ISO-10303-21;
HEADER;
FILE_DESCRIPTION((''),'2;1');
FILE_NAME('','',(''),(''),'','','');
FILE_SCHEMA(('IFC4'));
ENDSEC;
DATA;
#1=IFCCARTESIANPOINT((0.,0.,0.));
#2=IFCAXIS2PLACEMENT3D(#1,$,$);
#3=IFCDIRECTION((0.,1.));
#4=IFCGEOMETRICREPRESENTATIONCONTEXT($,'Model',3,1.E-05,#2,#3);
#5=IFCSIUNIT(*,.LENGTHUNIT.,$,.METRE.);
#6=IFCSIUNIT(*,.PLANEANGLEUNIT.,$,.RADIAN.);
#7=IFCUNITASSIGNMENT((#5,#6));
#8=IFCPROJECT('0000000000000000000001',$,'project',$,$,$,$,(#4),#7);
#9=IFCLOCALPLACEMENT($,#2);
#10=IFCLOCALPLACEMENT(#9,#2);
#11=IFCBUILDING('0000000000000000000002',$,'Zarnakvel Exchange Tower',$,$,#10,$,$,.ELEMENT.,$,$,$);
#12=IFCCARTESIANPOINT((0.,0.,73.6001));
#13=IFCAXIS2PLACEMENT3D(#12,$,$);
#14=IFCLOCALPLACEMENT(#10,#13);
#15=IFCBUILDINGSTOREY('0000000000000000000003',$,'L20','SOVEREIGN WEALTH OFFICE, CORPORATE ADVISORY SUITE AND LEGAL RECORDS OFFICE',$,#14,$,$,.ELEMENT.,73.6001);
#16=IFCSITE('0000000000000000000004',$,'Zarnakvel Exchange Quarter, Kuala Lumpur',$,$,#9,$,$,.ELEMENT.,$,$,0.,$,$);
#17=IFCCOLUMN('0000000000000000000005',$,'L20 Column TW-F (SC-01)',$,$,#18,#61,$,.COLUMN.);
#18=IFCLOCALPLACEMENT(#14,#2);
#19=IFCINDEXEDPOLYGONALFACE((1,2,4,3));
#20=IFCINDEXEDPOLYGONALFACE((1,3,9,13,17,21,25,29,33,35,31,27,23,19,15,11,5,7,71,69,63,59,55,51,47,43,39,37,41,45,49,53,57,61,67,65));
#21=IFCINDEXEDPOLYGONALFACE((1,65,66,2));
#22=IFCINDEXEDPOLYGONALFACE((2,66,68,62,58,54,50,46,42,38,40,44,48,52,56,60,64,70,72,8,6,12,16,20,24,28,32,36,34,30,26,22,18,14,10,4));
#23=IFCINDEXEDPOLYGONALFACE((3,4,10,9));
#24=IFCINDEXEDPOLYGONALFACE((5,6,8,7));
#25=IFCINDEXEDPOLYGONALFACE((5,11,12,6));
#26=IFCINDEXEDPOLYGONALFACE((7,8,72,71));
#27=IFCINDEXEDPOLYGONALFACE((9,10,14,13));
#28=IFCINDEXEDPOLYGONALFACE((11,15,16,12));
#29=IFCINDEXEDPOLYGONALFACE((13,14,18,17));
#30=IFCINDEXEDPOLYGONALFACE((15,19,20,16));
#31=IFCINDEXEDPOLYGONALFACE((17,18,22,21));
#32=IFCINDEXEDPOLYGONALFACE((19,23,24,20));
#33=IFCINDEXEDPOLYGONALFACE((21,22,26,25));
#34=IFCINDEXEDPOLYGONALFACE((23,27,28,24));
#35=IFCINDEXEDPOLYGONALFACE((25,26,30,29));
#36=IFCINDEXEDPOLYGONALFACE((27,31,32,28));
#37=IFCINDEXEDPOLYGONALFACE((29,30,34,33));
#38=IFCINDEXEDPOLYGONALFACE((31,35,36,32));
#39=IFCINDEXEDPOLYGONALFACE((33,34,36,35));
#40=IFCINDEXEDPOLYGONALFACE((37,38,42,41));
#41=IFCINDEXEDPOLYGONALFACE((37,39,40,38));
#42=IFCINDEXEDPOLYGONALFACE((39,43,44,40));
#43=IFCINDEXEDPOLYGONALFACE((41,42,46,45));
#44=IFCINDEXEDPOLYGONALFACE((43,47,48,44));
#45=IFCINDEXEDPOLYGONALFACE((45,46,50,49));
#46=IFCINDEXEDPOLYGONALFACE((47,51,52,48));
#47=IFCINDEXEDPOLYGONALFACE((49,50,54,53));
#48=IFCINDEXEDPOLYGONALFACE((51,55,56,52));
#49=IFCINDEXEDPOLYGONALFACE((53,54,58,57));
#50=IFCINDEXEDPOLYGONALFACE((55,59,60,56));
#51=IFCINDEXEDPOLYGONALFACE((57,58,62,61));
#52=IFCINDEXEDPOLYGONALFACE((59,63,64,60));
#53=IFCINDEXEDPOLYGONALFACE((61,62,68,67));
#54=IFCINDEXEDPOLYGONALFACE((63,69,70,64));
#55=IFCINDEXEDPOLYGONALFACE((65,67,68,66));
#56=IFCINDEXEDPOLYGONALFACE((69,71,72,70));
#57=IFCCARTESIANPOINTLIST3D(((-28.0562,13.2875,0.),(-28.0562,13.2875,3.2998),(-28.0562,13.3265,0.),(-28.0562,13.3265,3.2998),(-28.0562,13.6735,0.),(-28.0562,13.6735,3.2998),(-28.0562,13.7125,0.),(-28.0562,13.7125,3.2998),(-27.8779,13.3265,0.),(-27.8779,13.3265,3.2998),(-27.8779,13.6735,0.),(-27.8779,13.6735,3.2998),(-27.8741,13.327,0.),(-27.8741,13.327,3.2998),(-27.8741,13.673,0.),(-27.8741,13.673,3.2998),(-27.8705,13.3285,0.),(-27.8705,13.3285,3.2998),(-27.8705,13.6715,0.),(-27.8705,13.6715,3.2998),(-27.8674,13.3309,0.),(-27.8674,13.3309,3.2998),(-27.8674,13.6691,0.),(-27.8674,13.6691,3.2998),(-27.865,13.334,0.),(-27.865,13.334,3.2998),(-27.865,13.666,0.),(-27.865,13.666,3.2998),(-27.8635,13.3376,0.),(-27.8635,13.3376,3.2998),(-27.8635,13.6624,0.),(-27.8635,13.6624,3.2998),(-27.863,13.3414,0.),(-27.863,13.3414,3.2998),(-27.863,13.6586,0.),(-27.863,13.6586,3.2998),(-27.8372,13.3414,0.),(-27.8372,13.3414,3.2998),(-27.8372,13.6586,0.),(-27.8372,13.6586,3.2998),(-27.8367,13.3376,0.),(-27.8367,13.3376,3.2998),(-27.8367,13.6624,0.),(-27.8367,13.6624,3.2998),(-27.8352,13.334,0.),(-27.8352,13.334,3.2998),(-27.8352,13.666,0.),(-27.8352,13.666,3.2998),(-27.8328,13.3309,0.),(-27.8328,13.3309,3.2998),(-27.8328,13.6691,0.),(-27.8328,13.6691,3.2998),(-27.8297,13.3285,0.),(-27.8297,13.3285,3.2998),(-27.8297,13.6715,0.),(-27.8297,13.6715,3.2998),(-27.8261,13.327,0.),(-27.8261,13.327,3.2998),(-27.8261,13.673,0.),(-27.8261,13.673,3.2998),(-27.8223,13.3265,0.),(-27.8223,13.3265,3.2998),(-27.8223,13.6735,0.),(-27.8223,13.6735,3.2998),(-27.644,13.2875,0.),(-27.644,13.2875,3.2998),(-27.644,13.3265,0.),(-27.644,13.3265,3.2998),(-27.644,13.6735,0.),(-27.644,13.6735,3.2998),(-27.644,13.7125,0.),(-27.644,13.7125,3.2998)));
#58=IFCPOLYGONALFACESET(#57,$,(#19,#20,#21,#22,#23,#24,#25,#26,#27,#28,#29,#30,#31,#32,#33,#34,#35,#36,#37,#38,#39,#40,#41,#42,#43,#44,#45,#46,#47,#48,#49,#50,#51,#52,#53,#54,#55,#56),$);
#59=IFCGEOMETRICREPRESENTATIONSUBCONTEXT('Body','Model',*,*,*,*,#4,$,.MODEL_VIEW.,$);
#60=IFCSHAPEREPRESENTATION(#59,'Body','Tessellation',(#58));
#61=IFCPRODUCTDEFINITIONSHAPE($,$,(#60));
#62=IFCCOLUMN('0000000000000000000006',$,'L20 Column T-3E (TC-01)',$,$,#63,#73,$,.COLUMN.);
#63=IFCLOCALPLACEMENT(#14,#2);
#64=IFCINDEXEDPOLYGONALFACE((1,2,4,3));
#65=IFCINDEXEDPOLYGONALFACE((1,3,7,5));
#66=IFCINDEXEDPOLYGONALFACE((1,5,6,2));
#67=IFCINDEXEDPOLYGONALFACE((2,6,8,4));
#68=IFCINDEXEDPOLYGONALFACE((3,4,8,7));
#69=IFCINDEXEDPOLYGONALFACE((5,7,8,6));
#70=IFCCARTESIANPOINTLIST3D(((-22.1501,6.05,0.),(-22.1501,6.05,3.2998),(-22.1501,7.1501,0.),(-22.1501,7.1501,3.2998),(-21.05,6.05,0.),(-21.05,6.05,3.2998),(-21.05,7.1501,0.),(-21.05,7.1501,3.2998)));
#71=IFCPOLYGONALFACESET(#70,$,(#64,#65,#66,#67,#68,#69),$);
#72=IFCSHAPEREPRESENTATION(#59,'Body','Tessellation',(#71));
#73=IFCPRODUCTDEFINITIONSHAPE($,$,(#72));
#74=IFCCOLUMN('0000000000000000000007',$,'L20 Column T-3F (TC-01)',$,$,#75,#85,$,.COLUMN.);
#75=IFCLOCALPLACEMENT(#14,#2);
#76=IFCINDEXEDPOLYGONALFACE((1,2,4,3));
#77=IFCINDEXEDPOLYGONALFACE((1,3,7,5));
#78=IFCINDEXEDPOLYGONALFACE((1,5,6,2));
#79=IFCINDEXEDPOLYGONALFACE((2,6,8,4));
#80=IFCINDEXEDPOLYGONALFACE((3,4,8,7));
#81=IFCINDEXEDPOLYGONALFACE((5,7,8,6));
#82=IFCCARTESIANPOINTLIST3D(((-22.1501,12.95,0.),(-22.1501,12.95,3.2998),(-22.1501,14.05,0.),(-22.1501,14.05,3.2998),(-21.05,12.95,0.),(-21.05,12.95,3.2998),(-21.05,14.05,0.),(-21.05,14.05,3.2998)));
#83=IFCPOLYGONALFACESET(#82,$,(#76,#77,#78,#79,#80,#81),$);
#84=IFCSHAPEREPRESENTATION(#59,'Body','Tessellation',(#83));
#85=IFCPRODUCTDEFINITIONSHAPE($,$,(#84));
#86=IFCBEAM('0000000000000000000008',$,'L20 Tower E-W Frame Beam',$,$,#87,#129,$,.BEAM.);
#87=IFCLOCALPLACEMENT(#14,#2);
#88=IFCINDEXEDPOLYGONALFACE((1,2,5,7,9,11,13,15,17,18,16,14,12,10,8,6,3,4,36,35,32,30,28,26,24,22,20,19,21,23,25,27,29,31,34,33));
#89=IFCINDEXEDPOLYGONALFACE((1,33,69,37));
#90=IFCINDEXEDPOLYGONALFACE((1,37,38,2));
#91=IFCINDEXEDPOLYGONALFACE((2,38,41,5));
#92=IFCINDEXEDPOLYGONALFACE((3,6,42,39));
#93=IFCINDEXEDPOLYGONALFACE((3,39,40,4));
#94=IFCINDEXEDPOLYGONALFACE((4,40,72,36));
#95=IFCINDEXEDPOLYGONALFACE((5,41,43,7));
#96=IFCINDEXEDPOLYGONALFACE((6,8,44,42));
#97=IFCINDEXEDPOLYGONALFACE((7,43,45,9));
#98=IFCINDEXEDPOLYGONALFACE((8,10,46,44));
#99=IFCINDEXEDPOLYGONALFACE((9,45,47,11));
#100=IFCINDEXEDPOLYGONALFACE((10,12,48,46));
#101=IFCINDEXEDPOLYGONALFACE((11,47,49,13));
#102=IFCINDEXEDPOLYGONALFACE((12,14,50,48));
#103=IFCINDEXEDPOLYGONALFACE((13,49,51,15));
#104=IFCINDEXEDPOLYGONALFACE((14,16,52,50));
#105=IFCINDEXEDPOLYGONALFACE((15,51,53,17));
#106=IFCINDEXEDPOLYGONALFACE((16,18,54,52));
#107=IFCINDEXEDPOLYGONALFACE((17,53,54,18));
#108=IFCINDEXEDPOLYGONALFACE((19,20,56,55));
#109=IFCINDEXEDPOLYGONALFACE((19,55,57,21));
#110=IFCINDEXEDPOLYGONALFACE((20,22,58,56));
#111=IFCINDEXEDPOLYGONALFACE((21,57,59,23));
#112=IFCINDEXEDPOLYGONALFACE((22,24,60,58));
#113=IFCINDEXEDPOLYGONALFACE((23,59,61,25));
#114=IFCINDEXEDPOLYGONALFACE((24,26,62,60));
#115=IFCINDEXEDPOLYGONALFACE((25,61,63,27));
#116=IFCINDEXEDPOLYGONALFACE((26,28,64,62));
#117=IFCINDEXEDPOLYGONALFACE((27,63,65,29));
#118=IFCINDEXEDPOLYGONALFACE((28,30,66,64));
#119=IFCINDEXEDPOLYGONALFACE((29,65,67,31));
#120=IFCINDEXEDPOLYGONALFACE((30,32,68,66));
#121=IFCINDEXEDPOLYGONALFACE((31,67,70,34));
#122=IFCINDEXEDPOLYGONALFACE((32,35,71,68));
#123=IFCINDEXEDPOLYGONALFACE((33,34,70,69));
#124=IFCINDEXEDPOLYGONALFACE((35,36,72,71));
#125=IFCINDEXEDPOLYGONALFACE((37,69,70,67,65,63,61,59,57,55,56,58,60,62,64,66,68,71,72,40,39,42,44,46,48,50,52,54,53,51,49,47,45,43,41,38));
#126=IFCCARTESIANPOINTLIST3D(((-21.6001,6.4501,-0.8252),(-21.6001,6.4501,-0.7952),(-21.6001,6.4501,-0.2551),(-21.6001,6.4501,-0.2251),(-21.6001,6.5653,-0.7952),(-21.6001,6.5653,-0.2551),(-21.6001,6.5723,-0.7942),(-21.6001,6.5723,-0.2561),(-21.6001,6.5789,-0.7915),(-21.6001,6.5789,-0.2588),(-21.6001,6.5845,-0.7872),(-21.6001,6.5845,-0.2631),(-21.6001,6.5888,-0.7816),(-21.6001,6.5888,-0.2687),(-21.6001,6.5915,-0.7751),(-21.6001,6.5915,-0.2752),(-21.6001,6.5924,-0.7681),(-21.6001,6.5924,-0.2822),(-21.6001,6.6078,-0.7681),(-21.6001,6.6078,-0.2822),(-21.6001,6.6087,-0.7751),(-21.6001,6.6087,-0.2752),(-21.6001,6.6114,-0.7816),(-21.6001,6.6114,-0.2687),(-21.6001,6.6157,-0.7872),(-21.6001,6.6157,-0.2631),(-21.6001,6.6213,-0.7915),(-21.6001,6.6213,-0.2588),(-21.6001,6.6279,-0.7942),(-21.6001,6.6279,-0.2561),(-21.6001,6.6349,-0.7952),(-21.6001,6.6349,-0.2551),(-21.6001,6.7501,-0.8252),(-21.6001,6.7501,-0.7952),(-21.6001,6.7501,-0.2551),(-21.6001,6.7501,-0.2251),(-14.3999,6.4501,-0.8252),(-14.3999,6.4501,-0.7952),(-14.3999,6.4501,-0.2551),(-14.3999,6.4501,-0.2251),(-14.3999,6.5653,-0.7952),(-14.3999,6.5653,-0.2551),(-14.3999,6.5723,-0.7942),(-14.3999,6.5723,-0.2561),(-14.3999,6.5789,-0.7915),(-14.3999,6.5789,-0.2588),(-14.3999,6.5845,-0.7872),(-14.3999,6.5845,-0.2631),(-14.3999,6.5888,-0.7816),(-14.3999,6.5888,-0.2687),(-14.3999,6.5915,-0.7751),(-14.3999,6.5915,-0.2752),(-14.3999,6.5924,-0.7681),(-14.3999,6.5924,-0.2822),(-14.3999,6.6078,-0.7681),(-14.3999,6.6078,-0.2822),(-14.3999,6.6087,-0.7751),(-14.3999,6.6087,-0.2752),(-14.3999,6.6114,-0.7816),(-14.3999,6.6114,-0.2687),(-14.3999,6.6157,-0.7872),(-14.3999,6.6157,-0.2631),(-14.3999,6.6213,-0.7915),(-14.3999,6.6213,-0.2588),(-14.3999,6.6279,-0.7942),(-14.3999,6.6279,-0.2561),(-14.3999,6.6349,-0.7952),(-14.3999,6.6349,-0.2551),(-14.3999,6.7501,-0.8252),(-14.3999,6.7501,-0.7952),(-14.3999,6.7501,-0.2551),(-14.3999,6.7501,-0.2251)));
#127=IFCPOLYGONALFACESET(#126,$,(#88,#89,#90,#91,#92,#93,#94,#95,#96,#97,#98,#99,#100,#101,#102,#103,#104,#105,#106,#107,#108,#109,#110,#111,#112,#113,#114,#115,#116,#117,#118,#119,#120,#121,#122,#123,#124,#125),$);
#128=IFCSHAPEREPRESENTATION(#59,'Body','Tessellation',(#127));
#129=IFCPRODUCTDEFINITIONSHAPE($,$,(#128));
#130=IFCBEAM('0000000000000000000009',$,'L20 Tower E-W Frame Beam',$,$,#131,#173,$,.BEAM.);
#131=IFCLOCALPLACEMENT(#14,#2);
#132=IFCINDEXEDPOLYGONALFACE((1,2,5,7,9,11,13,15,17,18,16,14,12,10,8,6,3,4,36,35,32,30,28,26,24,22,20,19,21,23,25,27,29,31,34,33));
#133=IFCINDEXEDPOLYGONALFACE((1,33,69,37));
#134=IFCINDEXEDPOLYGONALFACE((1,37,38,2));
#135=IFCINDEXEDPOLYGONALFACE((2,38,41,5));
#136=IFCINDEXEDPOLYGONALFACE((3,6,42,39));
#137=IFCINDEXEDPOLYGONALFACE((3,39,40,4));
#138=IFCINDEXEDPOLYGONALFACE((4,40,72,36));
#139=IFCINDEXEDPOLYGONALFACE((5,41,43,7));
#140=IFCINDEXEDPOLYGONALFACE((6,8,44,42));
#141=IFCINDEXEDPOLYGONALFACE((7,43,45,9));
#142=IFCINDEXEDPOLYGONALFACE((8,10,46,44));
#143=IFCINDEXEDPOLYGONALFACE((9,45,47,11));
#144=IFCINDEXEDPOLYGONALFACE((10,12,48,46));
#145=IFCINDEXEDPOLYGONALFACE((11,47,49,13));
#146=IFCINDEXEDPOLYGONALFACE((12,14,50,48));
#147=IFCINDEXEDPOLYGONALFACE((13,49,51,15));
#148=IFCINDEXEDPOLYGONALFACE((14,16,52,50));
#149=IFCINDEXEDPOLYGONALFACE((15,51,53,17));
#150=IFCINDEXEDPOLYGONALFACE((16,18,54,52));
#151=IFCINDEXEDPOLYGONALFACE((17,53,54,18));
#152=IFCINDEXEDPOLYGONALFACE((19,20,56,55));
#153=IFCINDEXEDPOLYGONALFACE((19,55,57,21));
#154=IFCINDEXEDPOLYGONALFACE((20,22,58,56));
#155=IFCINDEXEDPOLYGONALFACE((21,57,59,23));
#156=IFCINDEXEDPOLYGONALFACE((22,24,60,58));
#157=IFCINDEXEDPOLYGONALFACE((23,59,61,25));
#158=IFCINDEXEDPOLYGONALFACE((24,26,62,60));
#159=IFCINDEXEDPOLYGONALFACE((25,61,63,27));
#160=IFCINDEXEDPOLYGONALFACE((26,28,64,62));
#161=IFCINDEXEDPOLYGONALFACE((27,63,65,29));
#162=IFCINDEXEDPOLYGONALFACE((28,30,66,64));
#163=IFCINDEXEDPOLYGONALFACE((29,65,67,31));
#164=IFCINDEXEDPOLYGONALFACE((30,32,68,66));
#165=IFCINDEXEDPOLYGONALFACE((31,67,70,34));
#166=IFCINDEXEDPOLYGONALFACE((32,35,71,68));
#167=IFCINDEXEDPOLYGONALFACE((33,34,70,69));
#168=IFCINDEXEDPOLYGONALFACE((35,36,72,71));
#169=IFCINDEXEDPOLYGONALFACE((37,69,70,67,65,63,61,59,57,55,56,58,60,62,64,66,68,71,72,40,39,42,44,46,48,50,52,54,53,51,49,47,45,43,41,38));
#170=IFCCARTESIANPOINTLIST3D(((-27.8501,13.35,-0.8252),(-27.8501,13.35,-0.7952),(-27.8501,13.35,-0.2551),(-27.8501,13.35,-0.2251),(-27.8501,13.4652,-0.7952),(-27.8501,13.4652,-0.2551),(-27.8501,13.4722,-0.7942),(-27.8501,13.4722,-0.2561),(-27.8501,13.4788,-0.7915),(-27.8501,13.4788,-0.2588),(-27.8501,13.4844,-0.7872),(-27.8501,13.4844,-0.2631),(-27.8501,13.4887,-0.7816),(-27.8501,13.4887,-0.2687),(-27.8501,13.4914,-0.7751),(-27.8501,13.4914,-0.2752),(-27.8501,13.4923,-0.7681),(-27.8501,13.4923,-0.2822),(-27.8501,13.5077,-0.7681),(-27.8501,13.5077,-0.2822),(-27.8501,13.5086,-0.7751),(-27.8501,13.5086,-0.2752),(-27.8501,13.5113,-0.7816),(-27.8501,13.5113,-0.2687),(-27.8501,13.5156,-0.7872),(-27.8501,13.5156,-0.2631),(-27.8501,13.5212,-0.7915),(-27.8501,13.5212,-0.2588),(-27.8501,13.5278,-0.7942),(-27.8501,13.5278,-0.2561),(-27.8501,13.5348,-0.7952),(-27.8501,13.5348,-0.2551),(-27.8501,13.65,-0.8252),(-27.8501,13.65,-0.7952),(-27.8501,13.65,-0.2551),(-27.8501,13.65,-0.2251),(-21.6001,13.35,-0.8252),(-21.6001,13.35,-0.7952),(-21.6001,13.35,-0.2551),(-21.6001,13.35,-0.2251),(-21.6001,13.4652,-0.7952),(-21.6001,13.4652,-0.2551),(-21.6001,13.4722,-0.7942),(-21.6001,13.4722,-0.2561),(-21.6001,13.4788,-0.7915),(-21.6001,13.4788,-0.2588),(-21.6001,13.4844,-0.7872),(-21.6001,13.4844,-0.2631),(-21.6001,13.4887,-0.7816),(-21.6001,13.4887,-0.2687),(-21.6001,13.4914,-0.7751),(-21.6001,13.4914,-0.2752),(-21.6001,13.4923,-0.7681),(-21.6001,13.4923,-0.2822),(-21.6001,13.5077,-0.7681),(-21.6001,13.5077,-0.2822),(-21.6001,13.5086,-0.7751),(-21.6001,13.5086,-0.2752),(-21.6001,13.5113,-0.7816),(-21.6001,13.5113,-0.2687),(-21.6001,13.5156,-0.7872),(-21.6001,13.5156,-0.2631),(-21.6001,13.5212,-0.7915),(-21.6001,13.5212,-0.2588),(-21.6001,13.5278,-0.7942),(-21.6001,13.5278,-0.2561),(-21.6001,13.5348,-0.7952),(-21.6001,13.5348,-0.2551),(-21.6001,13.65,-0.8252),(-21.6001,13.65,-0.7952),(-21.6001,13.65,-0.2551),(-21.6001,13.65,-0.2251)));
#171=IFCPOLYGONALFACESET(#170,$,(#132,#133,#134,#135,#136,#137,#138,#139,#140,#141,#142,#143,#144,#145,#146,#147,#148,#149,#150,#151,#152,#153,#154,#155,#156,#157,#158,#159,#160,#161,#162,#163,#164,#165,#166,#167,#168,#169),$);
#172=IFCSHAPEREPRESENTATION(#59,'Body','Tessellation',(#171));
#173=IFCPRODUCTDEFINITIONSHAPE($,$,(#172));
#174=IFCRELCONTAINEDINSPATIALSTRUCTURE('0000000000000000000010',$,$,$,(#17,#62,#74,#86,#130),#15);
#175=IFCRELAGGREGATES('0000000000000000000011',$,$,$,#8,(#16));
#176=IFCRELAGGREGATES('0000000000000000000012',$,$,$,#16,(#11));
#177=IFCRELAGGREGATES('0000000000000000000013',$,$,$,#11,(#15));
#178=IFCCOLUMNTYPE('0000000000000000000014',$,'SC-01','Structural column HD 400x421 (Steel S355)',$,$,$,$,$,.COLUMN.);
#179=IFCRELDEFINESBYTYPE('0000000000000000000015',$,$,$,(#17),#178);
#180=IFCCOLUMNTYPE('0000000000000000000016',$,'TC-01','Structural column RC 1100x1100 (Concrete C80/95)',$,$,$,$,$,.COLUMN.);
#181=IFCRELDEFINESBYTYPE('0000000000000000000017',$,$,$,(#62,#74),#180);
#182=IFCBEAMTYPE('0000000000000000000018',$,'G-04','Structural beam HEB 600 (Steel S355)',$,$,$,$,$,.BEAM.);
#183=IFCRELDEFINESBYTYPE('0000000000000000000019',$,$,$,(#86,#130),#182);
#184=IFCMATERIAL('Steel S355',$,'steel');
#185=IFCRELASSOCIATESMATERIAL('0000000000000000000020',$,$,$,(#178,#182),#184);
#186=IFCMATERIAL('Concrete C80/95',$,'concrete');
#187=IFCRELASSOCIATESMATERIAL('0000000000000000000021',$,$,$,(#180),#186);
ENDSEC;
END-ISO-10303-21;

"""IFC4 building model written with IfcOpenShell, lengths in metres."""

from ifc_helpers import new_model, si_unit, direction, frame, origin, origin_2d, place, context, subcontext, project, spatial, rectangle, i_section, extrude, material, material_profile, profile_set, type_object, element, save


model = new_model("IFC4")

# Units and contexts
model_context = context("Model", 3, precision=1e-05, world=origin(), true_north=direction((0.0, 1.0)))
body_context = subcontext(model_context, "Body", "Model", "MODEL_VIEW")
ifc_project = project(units=[si_unit("LENGTHUNIT", "METRE"), si_unit("PLANEANGLEUNIT", "RADIAN")], contexts=[model_context])

# Site, building, storey
site_placement = place(None, origin())
site = spatial("IfcSite", under=ifc_project, at=site_placement, Name="Zarnakvel Exchange Quarter, Kuala Lumpur", CompositionType="ELEMENT", RefElevation=0.0)
building_placement = place(site_placement, origin())
building = spatial("IfcBuilding", under=site, at=building_placement, Name="Zarnakvel Exchange Tower", CompositionType="ELEMENT")
storey_placement = place(building_placement, frame((0.0, 0.0, 73.6001)))
storey = spatial("IfcBuildingStorey", under=building, at=storey_placement, Name="L20", Description="SOVEREIGN WEALTH OFFICE, CORPORATE ADVISORY SUITE AND LEGAL RECORDS OFFICE", CompositionType="ELEMENT", Elevation=73.6001)

# Columns
ifc_material_1 = material(Name="Steel S355", Category="steel")
ifc_material_profile_1 = material_profile(ifc_material_1, i_section(OverallWidth=0.4121, OverallDepth=0.425, WebThickness=0.0259, FlangeThickness=0.0391, FilletRadius=0.0149, at=origin_2d()))
ifc_profile_set_1 = profile_set([ifc_material_profile_1], Name="Steel S355")
column_type_1 = type_object("IfcColumnType", Name="SC-01", Description="Structural column HD 400x421 (Steel S355)", PredefinedType="COLUMN", material=ifc_profile_set_1)
column_placement = place(storey_placement, frame((-27.8501, 13.5, 0.0), z_axis=(0.0, 0.0, 1.0), x_axis=(1.0, 0.0, 0.0)))
element("IfcColumn", 1, at=column_placement, inside=storey, type_object=column_type_1, Name="L20 Column TW-F (SC-01)", PredefinedType="COLUMN", context=body_context, shape_type="SweptSolid", body=[
    extrude(i_section(OverallWidth=0.4121, OverallDepth=0.425, WebThickness=0.0259, FlangeThickness=0.0391, FilletRadius=0.0149, at=origin_2d()), origin(), (0.0, 0.0, 1.0), 3.2998),
])
ifc_material_2 = material(Name="Concrete C80/95", Category="concrete")
ifc_material_profile_2 = material_profile(ifc_material_2, rectangle(XDim=1.1001, YDim=1.1001, at=origin_2d()))
ifc_profile_set_2 = profile_set([ifc_material_profile_2], Name="Concrete C80/95")
column_type_2 = type_object("IfcColumnType", Name="TC-01", Description="Structural column RC 1100x1100 (Concrete C80/95)", PredefinedType="COLUMN", material=ifc_profile_set_2)
for number, where, z_axis, x_axis, name in (
    (2, (-21.6001, 6.6001, 0.0), (0.0, 0.0, 1.0), (1.0, 0.0, 0.0), "L20 Column T-3E (TC-01)"),
    (3, (-21.6001, 13.5, 0.0), (0.0, 0.0, 1.0), (1.0, 0.0, 0.0), "L20 Column T-3F (TC-01)"),
):
    element("IfcColumn", number, at=place(storey_placement, frame(where, z_axis=z_axis, x_axis=x_axis)), inside=storey, type_object=column_type_2, Name=name, PredefinedType="COLUMN", context=body_context, shape_type="SweptSolid", body=[
        extrude(rectangle(XDim=1.1001, YDim=1.1001, at=origin_2d()), origin(), (0.0, 0.0, 1.0), 3.2998),
    ])

# Beams
ifc_material_profile_3 = material_profile(ifc_material_1, i_section(OverallWidth=0.3, OverallDepth=0.6001, WebThickness=0.0154, FlangeThickness=0.03, FilletRadius=0.0271, at=origin_2d()))
ifc_profile_set_3 = profile_set([ifc_material_profile_3], Name="Steel S355")
beam_type = type_object("IfcBeamType", Name="G-04", Description="Structural beam HEB 600 (Steel S355)", PredefinedType="BEAM", material=ifc_profile_set_3)
beam_1_placement = place(storey_placement, frame((-21.6001, 6.6001, -0.5251), z_axis=(1.0, 0.0, 0.0), x_axis=(0.0, 1.0, 0.0)))
element("IfcBeam", 4, at=beam_1_placement, inside=storey, type_object=beam_type, Name="L20 Tower E-W Frame Beam", PredefinedType="BEAM", context=body_context, shape_type="SweptSolid", body=[
    extrude(i_section(OverallWidth=0.3, OverallDepth=0.6001, WebThickness=0.0154, FlangeThickness=0.03, FilletRadius=0.0271, at=origin_2d()), origin(), (0.0, 0.0, 1.0), 7.2002),
])
beam_2_placement = place(storey_placement, frame((-27.8501, 13.5, -0.5251), z_axis=(1.0, 0.0, 0.0), x_axis=(0.0, 1.0, 0.0)))
element("IfcBeam", 5, at=beam_2_placement, inside=storey, type_object=beam_type, Name="L20 Tower E-W Frame Beam", PredefinedType="BEAM", context=body_context, shape_type="SweptSolid", body=[
    extrude(i_section(OverallWidth=0.3, OverallDepth=0.6001, WebThickness=0.0154, FlangeThickness=0.03, FilletRadius=0.0271, at=origin_2d()), origin(), (0.0, 0.0, 1.0), 6.25),
])

save(model, "model.ifc")
